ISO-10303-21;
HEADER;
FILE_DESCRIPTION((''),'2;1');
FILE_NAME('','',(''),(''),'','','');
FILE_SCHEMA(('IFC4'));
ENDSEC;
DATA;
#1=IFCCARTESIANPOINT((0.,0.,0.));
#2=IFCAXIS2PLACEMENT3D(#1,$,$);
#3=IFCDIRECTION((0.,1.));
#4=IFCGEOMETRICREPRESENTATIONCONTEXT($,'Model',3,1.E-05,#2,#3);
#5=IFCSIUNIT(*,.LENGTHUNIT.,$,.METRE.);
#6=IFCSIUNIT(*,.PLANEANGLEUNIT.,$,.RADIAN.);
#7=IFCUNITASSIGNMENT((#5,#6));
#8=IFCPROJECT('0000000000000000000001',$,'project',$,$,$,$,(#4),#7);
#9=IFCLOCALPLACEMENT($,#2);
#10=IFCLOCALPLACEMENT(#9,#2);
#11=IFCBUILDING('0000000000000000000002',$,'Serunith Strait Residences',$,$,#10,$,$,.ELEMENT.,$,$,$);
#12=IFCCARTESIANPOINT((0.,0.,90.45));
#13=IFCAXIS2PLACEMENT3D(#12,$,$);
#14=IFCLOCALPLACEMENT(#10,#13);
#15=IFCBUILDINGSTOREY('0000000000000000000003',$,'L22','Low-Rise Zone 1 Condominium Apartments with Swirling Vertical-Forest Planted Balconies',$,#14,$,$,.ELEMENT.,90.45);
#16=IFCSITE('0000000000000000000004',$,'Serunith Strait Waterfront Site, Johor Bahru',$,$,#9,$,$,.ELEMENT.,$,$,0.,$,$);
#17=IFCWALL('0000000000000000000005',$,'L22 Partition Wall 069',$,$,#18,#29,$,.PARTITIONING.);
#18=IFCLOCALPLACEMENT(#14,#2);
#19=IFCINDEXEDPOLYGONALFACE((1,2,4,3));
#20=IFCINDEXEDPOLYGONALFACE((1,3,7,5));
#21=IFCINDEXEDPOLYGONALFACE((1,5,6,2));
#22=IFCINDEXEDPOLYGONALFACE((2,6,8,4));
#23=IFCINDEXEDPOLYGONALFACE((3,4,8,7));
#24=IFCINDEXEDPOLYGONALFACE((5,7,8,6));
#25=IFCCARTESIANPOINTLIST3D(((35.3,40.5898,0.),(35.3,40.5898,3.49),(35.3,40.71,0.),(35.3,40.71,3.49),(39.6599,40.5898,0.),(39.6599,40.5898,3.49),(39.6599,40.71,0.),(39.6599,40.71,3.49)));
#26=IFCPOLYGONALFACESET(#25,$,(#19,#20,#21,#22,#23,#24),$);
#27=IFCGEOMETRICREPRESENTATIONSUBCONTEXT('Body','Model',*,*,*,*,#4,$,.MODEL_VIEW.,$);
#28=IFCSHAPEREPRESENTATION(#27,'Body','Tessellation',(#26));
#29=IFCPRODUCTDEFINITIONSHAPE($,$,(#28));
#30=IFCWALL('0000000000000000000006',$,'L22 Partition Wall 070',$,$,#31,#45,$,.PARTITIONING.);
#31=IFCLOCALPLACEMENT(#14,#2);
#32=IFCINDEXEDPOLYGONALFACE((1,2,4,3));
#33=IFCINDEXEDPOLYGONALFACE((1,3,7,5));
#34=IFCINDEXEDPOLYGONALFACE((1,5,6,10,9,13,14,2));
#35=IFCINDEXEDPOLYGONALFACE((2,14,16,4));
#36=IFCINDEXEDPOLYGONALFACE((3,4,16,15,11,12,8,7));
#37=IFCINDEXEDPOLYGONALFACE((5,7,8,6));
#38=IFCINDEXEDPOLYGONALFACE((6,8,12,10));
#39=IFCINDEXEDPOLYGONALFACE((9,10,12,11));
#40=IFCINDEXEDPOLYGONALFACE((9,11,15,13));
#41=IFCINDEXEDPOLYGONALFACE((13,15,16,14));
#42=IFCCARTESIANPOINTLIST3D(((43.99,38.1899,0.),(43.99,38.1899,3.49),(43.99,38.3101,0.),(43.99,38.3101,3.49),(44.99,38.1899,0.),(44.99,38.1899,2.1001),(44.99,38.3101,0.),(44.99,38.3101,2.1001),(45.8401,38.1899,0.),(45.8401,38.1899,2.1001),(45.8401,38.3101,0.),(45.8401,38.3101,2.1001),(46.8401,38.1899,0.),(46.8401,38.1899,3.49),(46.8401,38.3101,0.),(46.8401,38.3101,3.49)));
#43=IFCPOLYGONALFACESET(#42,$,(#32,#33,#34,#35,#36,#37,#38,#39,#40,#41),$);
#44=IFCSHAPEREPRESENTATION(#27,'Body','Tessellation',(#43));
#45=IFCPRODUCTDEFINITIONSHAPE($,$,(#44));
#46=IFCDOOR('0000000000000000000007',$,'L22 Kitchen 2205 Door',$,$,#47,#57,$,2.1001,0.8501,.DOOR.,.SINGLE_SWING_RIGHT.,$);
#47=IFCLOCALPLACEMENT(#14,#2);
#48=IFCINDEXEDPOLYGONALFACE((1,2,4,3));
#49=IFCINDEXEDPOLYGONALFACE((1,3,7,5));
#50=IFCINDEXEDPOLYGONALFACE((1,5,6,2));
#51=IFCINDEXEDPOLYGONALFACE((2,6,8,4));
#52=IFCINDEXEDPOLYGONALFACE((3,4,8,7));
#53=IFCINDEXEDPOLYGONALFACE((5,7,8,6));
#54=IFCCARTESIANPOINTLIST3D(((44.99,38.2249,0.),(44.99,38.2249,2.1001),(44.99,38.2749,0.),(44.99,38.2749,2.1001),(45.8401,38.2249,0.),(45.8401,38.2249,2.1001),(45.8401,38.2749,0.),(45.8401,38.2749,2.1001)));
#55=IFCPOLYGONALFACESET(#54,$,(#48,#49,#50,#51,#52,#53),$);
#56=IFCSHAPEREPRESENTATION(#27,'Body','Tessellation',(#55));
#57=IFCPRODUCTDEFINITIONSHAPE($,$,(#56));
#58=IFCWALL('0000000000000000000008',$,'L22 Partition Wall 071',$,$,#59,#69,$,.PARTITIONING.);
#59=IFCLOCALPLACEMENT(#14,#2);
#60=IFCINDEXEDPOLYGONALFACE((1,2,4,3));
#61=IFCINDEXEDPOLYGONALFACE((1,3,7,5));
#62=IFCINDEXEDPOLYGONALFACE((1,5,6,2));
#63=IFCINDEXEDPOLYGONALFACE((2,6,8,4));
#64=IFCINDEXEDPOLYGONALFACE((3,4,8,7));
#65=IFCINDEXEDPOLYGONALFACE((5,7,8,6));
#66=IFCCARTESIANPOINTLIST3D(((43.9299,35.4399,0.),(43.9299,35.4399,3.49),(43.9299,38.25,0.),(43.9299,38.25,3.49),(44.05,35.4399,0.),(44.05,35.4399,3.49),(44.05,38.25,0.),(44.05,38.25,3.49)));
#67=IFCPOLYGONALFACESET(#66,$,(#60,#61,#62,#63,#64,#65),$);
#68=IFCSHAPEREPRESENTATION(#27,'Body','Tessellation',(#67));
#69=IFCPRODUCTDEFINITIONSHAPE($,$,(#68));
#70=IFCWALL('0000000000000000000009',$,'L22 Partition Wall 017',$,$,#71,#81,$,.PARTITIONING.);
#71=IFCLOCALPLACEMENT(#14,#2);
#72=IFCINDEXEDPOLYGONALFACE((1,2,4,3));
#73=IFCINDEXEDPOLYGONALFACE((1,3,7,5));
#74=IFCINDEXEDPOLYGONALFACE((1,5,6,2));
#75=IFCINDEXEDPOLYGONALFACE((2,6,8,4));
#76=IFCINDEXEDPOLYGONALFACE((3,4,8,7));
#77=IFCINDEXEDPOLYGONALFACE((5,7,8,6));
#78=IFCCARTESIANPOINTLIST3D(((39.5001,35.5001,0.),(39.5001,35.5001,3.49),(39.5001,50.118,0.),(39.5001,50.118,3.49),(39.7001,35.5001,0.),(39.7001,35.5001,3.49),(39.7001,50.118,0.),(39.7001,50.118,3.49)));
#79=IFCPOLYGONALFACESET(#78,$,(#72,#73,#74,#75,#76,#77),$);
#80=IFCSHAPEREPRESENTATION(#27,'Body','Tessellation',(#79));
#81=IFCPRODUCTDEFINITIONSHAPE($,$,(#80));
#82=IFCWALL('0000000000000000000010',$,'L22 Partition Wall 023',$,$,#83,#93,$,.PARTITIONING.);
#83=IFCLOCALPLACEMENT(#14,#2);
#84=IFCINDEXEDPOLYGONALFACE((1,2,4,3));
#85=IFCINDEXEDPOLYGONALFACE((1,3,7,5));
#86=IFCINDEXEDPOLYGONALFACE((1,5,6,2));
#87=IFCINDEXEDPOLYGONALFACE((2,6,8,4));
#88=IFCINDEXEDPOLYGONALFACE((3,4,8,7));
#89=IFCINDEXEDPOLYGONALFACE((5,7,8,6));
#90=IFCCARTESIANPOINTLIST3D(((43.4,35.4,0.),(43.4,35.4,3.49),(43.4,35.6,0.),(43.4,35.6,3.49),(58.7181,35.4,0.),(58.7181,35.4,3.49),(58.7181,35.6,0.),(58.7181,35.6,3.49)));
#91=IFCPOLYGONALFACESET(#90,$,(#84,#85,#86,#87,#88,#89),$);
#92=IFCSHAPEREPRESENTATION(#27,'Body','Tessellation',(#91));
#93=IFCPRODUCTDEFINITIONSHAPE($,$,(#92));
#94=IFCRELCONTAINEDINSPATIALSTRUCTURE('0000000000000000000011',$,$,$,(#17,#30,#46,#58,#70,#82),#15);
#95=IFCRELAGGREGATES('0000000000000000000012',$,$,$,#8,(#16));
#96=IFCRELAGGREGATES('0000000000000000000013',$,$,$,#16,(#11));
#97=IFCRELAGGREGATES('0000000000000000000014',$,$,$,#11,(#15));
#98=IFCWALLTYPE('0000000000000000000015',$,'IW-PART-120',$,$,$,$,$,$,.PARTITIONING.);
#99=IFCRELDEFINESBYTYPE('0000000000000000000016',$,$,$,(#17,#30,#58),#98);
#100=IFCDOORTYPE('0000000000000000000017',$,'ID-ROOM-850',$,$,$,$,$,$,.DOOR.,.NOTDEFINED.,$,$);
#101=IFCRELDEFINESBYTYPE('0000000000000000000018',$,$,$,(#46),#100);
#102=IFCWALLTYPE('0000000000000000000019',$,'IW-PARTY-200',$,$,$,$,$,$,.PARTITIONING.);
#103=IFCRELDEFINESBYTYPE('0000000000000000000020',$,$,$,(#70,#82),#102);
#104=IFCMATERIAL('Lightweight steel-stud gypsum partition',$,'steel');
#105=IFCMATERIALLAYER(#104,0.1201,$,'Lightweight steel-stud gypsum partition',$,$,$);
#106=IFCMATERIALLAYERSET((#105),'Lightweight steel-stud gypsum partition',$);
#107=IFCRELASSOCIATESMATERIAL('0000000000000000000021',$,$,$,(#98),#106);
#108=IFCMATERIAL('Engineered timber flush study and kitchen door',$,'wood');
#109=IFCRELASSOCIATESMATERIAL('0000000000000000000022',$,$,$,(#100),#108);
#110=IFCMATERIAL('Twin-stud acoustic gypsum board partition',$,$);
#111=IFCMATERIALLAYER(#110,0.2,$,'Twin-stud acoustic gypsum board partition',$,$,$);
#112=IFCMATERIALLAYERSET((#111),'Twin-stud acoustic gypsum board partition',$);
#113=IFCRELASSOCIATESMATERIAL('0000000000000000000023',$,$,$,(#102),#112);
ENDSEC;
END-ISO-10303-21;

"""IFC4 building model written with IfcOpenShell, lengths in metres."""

from ifc_helpers import new_model, si_unit, direction, frame, frame_2d, origin, place, context, subcontext, project, spatial, rectangle, extrude, source, transform, mapped, material, layer, layer_set, type_object, element, fill, save


model = new_model("IFC4")

# Units and contexts
model_context = context("Model", 3, precision=1e-05, world=origin(), true_north=direction((0.0, 1.0)))
body_context = subcontext(model_context, "Body", "Model", "MODEL_VIEW")
ifc_project = project(units=[si_unit("LENGTHUNIT", "METRE"), si_unit("PLANEANGLEUNIT", "RADIAN")], contexts=[model_context])

# Site, building, storey
site_placement = place(None, origin())
site = spatial("IfcSite", under=ifc_project, at=site_placement, Name="Serunith Strait Waterfront Site, Johor Bahru", CompositionType="ELEMENT", RefElevation=0.0)
building_placement = place(site_placement, origin())
building = spatial("IfcBuilding", under=site, at=building_placement, Name="Serunith Strait Residences", CompositionType="ELEMENT")
storey_placement = place(building_placement, frame((0.0, 0.0, 90.45)))
storey = spatial("IfcBuildingStorey", under=building, at=storey_placement, Name="L22", Description="Low-Rise Zone 1 Condominium Apartments with Swirling Vertical-Forest Planted Balconies", CompositionType="ELEMENT", Elevation=90.45)

# Shared definitions
ifc_material_1 = material(Name="Lightweight steel-stud gypsum partition", Category="steel")
ifc_layer_1 = layer(ifc_material_1, 0.1201, Name="Lightweight steel-stud gypsum partition")
ifc_layer_set_1 = layer_set([ifc_layer_1], Name="Lightweight steel-stud gypsum partition")
wall_type_1 = type_object("IfcWallType", Name="IW-PART-120", PredefinedType="PARTITIONING", material=ifc_layer_set_1)
ifc_material_2 = material(Name="Engineered timber flush study and kitchen door", Category="wood")
door_type_1 = type_object("IfcDoorType", Name="ID-ROOM-850", OperationType="NOTDEFINED", PredefinedType="DOOR", material=ifc_material_2)
shared_shape_1 = source(origin(), body_context, "Body", "SweptSolid", [
    extrude(rectangle(XDim=0.8501, YDim=2.1001, at=frame_2d((0.425, 1.05))), frame((0.0, 0.0249, 0.0), z_axis=(0.0, -1.0, 0.0), x_axis=(1.0, 0.0, 0.0)), (0.0, 0.0, 1.0), 0.05),
])

# Wall
for number, where, z_axis, x_axis, name in (
    (1, (35.3, 40.6499, 0.0), (0.0, 0.0, 1.0), (1.0, 0.0, 0.0), "L22 Partition Wall 069"),
):
    element("IfcWall", number, at=place(storey_placement, frame(where, z_axis=z_axis, x_axis=x_axis)), inside=storey, type_object=wall_type_1, Name=name, PredefinedType="PARTITIONING", context=body_context, shape_type="SweptSolid", body=[
        extrude(rectangle(XDim=4.3599, YDim=0.1201, at=frame_2d((2.1799, 0.0))), origin(), (0.0, 0.0, 1.0), 3.49),
    ])

# Wall, opening, door
wall_1_placement = place(storey_placement, frame((43.99, 38.25, 0.0), z_axis=(0.0, 0.0, 1.0), x_axis=(1.0, 0.0, 0.0)))
wall_1 = element("IfcWall", 2, at=wall_1_placement, inside=storey, type_object=wall_type_1, Name="L22 Partition Wall 070", PredefinedType="PARTITIONING", context=body_context, shape_type="SweptSolid", body=[
    extrude(rectangle(XDim=2.8501, YDim=0.1201, at=frame_2d((1.425, 0.0))), origin(), (0.0, 0.0, 1.0), 3.49),
])
opening_1_placement = place(wall_1_placement, frame((1.0, 0.0, 0.0)))
opening_1 = element("IfcOpeningElement", 3, at=opening_1_placement, cuts=wall_1, PredefinedType="OPENING", context=body_context, shape_type="SweptSolid", body=[
    extrude(rectangle(XDim=0.8501, YDim=2.1001, at=frame_2d((0.425, 1.05))), frame((0.0, 0.0701, 0.0), z_axis=(0.0, -1.0, 0.0), x_axis=(1.0, 0.0, 0.0)), (0.0, 0.0, 1.0), 0.1401),
])
door_1_placement = place(opening_1_placement, origin())
door_1 = element("IfcDoor", 4, at=door_1_placement, inside=storey, type_object=door_type_1, Name="L22 Kitchen 2205 Door", OperationType="SINGLE_SWING_RIGHT", OverallHeight=2.1001, OverallWidth=0.8501, PredefinedType="DOOR", context=body_context, shape_type="MappedRepresentation", body=[
    mapped(shared_shape_1, transform((0.0, 0.0, 0.0), scale=1.0)),
])
fill(opening_1, door_1)

# Walls
wall_2_placement = place(storey_placement, frame((43.99, 38.25, 0.0), z_axis=(0.0, 0.0, 1.0), x_axis=(0.0, -1.0, 0.0)))
element("IfcWall", 5, at=wall_2_placement, inside=storey, type_object=wall_type_1, Name="L22 Partition Wall 071", PredefinedType="PARTITIONING", context=body_context, shape_type="SweptSolid", body=[
    extrude(rectangle(XDim=2.8101, YDim=0.1201, at=frame_2d((1.405, 0.0))), origin(), (0.0, 0.0, 1.0), 3.49),
])
ifc_material_3 = material(Name="Twin-stud acoustic gypsum board partition")
ifc_layer_2 = layer(ifc_material_3, 0.2, Name="Twin-stud acoustic gypsum board partition")
ifc_layer_set_2 = layer_set([ifc_layer_2], Name="Twin-stud acoustic gypsum board partition")
wall_type_2 = type_object("IfcWallType", Name="IW-PARTY-200", PredefinedType="PARTITIONING", material=ifc_layer_set_2)
wall_3_placement = place(storey_placement, frame((39.6001, 35.5, 0.0), z_axis=(0.0, 0.0, 1.0), x_axis=(0.0, 1.0, 0.0)))
element("IfcWall", 6, at=wall_3_placement, inside=storey, type_object=wall_type_2, Name="L22 Partition Wall 017", PredefinedType="PARTITIONING", context=body_context, shape_type="SweptSolid", body=[
    extrude(rectangle(XDim=14.6179, YDim=0.2, at=frame_2d((7.3091, 0.0))), origin(), (0.0, 0.0, 1.0), 3.49),
])
wall_4_placement = place(storey_placement, frame((43.3999, 35.5, 0.0), z_axis=(0.0, 0.0, 1.0), x_axis=(1.0, 0.0, 0.0)))
element("IfcWall", 7, at=wall_4_placement, inside=storey, type_object=wall_type_2, Name="L22 Partition Wall 023", PredefinedType="PARTITIONING", context=body_context, shape_type="SweptSolid", body=[
    extrude(rectangle(XDim=15.3181, YDim=0.2, at=frame_2d((7.6592, 0.0))), origin(), (0.0, 0.0, 1.0), 3.49),
])

save(model, "model.ifc")
